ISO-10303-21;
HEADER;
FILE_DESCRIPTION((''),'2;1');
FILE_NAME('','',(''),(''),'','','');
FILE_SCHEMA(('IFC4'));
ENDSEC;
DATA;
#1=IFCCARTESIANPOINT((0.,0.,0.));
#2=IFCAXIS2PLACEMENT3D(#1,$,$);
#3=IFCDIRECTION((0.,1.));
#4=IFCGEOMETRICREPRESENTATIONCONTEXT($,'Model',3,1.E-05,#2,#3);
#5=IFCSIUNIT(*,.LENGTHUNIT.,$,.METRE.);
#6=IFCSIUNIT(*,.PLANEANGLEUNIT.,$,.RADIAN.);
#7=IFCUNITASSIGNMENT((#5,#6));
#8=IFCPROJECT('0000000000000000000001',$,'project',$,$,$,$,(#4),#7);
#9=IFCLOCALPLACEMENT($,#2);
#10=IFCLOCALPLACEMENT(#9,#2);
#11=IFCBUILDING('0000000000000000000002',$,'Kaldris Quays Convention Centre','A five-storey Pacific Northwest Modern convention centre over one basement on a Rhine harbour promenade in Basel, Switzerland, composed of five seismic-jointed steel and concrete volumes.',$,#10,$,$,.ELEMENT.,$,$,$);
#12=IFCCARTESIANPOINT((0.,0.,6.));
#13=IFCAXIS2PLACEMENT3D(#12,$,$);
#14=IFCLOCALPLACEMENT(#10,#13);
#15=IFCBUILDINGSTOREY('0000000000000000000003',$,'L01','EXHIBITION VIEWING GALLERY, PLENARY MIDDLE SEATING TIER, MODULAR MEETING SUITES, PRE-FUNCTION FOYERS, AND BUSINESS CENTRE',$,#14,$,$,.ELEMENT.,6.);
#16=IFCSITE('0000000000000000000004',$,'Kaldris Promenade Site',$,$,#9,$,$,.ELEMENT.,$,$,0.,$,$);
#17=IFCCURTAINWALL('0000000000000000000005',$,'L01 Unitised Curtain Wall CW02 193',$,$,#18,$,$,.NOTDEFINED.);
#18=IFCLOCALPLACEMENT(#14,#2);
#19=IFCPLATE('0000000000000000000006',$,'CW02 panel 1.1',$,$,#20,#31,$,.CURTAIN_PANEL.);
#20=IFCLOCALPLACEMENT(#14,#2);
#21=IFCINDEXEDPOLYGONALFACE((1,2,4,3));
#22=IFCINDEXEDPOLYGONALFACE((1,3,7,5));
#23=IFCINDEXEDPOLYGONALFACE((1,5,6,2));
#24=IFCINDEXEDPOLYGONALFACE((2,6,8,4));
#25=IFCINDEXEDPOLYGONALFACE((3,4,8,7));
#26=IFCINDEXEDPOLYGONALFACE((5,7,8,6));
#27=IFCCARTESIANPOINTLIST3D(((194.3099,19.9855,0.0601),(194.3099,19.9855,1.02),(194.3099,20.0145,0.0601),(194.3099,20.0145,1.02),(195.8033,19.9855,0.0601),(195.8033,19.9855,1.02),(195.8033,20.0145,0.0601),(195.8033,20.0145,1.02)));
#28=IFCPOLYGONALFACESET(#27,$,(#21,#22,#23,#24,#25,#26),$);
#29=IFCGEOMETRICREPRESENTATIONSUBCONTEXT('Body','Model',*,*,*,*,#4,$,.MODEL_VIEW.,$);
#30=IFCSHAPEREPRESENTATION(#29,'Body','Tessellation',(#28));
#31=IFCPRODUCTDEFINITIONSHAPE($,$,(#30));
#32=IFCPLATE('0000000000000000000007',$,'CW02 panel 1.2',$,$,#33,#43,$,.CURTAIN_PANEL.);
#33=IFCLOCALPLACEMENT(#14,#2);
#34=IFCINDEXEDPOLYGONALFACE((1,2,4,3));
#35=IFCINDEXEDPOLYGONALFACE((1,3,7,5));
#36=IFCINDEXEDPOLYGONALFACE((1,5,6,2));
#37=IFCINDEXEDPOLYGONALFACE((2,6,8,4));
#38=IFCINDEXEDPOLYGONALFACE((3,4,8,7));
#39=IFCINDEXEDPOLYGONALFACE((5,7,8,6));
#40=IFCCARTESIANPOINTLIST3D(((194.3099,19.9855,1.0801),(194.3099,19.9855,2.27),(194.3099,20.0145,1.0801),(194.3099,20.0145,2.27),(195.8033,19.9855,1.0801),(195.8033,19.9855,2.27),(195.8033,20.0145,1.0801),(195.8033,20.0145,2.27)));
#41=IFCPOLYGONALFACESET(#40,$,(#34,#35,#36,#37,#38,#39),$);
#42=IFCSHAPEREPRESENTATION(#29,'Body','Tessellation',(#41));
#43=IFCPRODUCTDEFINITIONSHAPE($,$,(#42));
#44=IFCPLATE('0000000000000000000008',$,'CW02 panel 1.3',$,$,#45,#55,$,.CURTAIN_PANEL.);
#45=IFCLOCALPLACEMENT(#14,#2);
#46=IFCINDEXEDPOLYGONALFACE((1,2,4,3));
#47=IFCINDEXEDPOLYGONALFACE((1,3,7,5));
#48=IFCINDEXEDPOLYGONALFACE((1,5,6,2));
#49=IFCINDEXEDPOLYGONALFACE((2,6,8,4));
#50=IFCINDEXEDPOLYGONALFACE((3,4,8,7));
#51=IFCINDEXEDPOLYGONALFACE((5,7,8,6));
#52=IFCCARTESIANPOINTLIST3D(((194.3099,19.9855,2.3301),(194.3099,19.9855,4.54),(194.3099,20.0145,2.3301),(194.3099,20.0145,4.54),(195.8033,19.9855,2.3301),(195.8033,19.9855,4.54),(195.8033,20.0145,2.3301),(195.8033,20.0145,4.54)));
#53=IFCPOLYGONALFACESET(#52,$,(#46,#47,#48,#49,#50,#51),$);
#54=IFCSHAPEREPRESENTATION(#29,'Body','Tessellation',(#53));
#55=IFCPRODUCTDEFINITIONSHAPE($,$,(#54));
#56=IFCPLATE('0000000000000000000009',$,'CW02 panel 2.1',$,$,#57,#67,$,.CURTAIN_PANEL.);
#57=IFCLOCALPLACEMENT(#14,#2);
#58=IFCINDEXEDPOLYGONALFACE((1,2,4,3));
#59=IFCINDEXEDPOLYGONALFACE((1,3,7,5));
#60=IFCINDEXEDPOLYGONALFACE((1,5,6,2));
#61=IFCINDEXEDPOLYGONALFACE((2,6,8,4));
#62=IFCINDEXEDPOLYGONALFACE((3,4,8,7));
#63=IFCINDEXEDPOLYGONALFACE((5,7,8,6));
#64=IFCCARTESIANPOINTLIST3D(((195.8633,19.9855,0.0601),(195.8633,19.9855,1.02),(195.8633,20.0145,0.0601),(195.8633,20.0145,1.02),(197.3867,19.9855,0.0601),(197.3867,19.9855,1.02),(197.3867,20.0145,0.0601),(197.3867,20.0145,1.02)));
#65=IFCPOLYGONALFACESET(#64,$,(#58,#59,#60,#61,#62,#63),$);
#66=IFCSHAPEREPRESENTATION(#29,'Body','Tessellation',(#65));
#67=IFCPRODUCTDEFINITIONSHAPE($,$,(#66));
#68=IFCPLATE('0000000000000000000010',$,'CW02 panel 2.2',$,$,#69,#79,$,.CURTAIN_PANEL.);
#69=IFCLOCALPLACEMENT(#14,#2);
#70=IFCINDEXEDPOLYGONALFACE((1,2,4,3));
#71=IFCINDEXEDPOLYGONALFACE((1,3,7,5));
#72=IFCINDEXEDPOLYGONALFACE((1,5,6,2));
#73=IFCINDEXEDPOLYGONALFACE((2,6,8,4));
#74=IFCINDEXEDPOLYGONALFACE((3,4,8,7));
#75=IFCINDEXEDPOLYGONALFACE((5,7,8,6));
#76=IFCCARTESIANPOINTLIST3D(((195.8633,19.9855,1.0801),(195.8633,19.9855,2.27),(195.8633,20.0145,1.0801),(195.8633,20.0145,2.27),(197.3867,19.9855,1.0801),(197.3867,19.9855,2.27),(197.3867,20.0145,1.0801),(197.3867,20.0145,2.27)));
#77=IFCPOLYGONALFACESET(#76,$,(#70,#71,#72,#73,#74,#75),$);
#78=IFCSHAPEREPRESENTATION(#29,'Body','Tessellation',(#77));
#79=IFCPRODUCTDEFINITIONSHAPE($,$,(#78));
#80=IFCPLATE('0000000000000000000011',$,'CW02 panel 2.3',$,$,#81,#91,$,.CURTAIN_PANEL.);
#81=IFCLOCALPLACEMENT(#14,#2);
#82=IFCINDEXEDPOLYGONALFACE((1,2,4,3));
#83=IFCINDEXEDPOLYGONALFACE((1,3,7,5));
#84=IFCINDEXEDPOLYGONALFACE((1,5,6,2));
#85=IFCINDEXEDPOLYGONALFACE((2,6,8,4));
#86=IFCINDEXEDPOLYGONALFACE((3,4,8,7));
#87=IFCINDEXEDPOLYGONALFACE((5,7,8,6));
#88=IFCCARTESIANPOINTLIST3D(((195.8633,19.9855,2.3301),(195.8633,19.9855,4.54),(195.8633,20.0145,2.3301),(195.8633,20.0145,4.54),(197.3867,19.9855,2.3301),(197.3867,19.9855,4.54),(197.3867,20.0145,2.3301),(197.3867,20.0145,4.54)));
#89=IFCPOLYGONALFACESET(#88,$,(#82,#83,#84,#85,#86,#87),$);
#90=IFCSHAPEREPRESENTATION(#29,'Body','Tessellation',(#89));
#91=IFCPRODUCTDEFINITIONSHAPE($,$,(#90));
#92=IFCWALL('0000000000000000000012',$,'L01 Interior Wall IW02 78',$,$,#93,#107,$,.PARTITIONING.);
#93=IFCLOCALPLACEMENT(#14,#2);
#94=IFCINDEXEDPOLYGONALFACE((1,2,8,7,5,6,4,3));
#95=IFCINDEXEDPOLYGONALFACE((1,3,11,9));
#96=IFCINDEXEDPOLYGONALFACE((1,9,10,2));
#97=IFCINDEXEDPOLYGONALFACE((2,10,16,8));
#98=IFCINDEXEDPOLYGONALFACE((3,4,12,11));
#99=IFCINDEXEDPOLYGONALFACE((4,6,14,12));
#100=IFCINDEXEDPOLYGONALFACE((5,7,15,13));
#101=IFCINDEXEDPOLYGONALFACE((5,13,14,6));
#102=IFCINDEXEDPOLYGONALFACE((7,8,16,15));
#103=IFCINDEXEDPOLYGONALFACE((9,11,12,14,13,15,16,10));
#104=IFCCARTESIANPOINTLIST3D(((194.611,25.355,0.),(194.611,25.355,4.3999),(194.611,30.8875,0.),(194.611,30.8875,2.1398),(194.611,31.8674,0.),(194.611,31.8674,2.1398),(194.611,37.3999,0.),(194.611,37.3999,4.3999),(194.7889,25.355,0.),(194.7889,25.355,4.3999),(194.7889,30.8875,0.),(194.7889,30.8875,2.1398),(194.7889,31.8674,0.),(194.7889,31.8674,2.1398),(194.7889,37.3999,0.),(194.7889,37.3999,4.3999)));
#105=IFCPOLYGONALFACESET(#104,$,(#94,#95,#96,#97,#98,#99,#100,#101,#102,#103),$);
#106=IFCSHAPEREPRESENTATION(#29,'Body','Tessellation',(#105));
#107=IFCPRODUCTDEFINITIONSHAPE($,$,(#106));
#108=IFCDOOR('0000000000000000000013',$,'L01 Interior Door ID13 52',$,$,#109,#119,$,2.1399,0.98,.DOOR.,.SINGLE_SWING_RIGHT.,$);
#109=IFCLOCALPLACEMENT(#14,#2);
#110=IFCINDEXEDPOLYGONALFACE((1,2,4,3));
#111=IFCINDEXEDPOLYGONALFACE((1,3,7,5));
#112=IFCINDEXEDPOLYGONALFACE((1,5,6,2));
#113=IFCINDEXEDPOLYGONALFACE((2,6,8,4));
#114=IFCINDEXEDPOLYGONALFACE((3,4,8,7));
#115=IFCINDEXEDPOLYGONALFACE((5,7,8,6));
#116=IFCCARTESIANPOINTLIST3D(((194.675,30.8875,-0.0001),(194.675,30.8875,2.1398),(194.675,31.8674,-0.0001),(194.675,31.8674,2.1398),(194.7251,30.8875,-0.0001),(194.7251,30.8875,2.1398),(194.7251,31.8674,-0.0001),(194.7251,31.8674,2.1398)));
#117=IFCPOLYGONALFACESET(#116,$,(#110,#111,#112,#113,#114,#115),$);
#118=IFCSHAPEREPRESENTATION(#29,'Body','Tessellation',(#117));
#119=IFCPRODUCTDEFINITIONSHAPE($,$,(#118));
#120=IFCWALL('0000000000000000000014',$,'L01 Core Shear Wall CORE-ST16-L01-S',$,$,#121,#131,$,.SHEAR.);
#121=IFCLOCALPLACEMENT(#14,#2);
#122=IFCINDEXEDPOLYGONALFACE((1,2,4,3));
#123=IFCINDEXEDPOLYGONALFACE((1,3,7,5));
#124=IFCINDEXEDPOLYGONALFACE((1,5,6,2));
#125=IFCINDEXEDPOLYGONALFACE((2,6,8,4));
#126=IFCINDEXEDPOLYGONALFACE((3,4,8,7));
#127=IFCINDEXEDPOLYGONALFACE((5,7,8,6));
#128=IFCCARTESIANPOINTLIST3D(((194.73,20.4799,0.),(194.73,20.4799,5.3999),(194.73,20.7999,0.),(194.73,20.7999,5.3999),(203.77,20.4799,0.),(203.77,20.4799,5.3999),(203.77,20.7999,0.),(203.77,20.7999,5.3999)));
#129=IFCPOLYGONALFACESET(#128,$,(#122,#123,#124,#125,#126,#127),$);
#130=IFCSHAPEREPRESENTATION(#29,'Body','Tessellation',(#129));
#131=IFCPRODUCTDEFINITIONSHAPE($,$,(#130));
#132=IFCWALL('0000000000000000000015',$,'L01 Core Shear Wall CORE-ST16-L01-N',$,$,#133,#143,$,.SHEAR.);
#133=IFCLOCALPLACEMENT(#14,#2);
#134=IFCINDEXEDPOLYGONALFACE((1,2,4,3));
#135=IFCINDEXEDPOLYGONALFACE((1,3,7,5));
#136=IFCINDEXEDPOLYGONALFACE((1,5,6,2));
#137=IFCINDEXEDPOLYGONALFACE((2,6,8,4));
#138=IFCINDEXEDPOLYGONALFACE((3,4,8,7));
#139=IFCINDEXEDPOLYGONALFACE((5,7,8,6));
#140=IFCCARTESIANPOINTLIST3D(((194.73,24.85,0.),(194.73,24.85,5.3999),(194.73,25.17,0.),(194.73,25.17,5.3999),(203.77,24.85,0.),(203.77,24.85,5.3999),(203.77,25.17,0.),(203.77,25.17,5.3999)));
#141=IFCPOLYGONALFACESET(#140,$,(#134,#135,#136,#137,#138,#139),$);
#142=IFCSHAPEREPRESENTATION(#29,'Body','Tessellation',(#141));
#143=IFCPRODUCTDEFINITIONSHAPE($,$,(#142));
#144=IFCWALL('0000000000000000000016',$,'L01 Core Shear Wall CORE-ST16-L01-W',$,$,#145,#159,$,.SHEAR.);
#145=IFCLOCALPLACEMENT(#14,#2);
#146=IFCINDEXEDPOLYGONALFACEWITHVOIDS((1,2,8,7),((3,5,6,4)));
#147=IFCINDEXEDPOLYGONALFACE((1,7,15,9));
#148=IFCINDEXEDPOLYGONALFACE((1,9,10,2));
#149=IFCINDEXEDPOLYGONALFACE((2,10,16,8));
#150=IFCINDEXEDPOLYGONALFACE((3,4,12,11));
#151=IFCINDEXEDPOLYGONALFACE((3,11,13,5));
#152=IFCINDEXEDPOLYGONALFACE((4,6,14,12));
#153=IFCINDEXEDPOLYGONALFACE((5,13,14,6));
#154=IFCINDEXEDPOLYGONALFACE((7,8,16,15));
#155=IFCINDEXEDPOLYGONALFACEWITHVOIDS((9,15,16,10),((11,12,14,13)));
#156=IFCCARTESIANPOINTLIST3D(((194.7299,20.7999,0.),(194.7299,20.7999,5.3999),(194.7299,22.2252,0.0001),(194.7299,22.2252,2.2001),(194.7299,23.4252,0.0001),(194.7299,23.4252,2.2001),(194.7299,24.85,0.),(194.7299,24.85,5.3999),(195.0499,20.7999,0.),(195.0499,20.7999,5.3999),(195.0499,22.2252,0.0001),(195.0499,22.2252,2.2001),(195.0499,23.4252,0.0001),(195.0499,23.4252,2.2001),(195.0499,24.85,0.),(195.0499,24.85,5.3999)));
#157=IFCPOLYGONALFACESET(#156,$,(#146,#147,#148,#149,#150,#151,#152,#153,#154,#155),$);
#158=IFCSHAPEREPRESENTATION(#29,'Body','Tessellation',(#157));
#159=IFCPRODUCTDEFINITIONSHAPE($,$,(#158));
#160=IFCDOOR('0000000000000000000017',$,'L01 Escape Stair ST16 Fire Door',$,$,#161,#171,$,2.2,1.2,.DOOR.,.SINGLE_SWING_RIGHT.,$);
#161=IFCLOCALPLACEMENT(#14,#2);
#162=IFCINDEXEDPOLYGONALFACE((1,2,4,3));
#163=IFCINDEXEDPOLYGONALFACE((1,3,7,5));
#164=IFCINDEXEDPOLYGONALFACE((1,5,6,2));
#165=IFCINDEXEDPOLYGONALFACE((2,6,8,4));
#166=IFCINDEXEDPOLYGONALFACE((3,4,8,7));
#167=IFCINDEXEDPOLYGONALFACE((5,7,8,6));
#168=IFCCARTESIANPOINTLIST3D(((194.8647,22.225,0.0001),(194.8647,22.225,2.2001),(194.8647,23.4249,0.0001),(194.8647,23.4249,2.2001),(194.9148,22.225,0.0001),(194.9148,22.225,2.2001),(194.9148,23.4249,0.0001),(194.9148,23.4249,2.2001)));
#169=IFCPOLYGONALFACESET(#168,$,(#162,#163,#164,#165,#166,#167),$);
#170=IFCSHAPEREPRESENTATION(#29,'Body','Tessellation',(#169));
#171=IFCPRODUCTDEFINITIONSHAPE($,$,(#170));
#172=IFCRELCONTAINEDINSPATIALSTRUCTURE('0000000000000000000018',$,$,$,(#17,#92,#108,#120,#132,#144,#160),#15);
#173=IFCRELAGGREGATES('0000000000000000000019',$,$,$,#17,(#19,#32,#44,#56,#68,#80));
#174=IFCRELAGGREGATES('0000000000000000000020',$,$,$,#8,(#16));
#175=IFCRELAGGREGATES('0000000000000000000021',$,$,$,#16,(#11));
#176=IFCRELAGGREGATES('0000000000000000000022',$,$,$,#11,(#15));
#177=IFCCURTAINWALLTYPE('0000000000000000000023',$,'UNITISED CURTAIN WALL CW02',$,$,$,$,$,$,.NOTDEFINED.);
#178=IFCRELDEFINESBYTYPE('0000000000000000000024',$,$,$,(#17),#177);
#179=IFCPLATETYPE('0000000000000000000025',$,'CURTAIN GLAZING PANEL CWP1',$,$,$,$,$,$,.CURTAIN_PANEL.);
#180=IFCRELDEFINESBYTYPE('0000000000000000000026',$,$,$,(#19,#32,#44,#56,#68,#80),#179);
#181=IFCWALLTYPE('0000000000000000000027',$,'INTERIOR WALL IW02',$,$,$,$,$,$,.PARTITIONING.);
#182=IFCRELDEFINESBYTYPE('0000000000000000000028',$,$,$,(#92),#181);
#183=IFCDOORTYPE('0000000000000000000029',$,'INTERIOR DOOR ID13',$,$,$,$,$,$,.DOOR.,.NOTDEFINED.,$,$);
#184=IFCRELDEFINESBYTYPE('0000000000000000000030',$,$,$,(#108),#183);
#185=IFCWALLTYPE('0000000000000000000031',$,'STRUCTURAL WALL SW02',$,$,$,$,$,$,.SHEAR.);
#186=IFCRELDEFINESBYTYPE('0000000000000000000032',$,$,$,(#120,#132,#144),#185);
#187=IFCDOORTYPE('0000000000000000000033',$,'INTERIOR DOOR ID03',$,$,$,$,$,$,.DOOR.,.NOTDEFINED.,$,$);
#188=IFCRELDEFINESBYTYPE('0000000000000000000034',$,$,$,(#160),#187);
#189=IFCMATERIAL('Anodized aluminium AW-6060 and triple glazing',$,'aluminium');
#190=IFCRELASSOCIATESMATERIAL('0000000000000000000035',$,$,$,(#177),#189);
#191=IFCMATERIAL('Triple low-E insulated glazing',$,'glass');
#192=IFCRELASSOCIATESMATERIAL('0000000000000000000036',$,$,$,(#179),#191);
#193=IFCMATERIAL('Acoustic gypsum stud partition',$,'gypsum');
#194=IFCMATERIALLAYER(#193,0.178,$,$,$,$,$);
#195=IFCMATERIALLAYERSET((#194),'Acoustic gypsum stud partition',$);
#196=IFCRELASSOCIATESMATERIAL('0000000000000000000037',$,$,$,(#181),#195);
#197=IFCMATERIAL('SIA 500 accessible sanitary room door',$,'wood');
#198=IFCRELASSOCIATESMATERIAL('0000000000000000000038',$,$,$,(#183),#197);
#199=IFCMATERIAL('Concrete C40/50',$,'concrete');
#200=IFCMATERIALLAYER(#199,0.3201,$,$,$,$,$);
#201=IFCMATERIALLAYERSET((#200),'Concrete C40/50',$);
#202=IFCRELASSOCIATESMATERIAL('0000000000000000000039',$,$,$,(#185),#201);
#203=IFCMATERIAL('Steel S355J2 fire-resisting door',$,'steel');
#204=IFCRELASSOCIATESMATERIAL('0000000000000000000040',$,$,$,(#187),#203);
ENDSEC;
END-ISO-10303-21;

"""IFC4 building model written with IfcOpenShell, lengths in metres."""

from ifc_helpers import new_model, si_unit, direction, frame, frame_2d, origin, origin_2d, place, context, subcontext, project, spatial, rectangle, extrude, material, layer, layer_set, type_object, element, fill, aggregate, save


model = new_model("IFC4")

# Units and contexts
model_context = context("Model", 3, precision=1e-05, world=origin(), true_north=direction((0.0, 1.0)))
body_context = subcontext(model_context, "Body", "Model", "MODEL_VIEW")
ifc_project = project(units=[si_unit("LENGTHUNIT", "METRE"), si_unit("PLANEANGLEUNIT", "RADIAN")], contexts=[model_context])

# Site, building, storey
site_placement = place(None, origin())
site = spatial("IfcSite", under=ifc_project, at=site_placement, Name="Kaldris Promenade Site", CompositionType="ELEMENT", RefElevation=0.0)
building_placement = place(site_placement, origin())
building = spatial("IfcBuilding", under=site, at=building_placement, Name="Kaldris Quays Convention Centre", Description="A five-storey Pacific Northwest Modern convention centre over one basement on a Rhine harbour promenade in Basel, Switzerland, composed of five seismic-jointed steel and concrete volumes.", CompositionType="ELEMENT")
storey_placement = place(building_placement, frame((0.0, 0.0, 6.0)))
storey = spatial("IfcBuildingStorey", under=building, at=storey_placement, Name="L01", Description="EXHIBITION VIEWING GALLERY, PLENARY MIDDLE SEATING TIER, MODULAR MEETING SUITES, PRE-FUNCTION FOYERS, AND BUSINESS CENTRE", CompositionType="ELEMENT", Elevation=6.0)

# Curtain wall, plates
ifc_material_1 = material(Name="Anodized aluminium AW-6060 and triple glazing", Category="aluminium")
curtain_wall_type = type_object("IfcCurtainWallType", Name="UNITISED CURTAIN WALL CW02", PredefinedType="NOTDEFINED", material=ifc_material_1)
curtain_wall_placement = place(storey_placement, origin())
curtain_wall = element("IfcCurtainWall", 1, at=curtain_wall_placement, inside=storey, type_object=curtain_wall_type, Name="L01 Unitised Curtain Wall CW02 193", PredefinedType="NOTDEFINED")
ifc_material_2 = material(Name="Triple low-E insulated glazing", Category="glass")
plate_type = type_object("IfcPlateType", Name="CURTAIN GLAZING PANEL CWP1", PredefinedType="CURTAIN_PANEL", material=ifc_material_2)
plate_1_placement = place(storey_placement, frame((195.0566, 20.0, 0.0601), z_axis=(0.0, 0.0, 1.0), x_axis=(1.0, 0.0, 0.0)))
plate_1 = element("IfcPlate", 2, at=plate_1_placement, type_object=plate_type, Name="CW02 panel 1.1", PredefinedType="CURTAIN_PANEL", context=body_context, shape_type="SweptSolid", body=[
    extrude(rectangle(XDim=1.4934, YDim=0.0291, at=origin_2d()), origin(), (0.0, 0.0, 1.0), 0.96),
])
plate_2_placement = place(storey_placement, frame((195.0566, 20.0, 1.0801), z_axis=(0.0, 0.0, 1.0), x_axis=(1.0, 0.0, 0.0)))
plate_2 = element("IfcPlate", 3, at=plate_2_placement, type_object=plate_type, Name="CW02 panel 1.2", PredefinedType="CURTAIN_PANEL", context=body_context, shape_type="SweptSolid", body=[
    extrude(rectangle(XDim=1.4934, YDim=0.0291, at=origin_2d()), origin(), (0.0, 0.0, 1.0), 1.1899),
])
plate_3_placement = place(storey_placement, frame((195.0566, 20.0, 2.3301), z_axis=(0.0, 0.0, 1.0), x_axis=(1.0, 0.0, 0.0)))
plate_3 = element("IfcPlate", 4, at=plate_3_placement, type_object=plate_type, Name="CW02 panel 1.3", PredefinedType="CURTAIN_PANEL", context=body_context, shape_type="SweptSolid", body=[
    extrude(rectangle(XDim=1.4934, YDim=0.0291, at=origin_2d()), origin(), (0.0, 0.0, 1.0), 2.21),
])
plate_4_placement = place(storey_placement, frame((196.625, 20.0, 0.0601), z_axis=(0.0, 0.0, 1.0), x_axis=(1.0, 0.0, 0.0)))
plate_4 = element("IfcPlate", 5, at=plate_4_placement, type_object=plate_type, Name="CW02 panel 2.1", PredefinedType="CURTAIN_PANEL", context=body_context, shape_type="SweptSolid", body=[
    extrude(rectangle(XDim=1.5234, YDim=0.0291, at=origin_2d()), origin(), (0.0, 0.0, 1.0), 0.96),
])
plate_5_placement = place(storey_placement, frame((196.625, 20.0, 1.0801), z_axis=(0.0, 0.0, 1.0), x_axis=(1.0, 0.0, 0.0)))
plate_5 = element("IfcPlate", 6, at=plate_5_placement, type_object=plate_type, Name="CW02 panel 2.2", PredefinedType="CURTAIN_PANEL", context=body_context, shape_type="SweptSolid", body=[
    extrude(rectangle(XDim=1.5234, YDim=0.0291, at=origin_2d()), origin(), (0.0, 0.0, 1.0), 1.1899),
])
plate_6_placement = place(storey_placement, frame((196.625, 20.0, 2.3301), z_axis=(0.0, 0.0, 1.0), x_axis=(1.0, 0.0, 0.0)))
plate_6 = element("IfcPlate", 7, at=plate_6_placement, type_object=plate_type, Name="CW02 panel 2.3", PredefinedType="CURTAIN_PANEL", context=body_context, shape_type="SweptSolid", body=[
    extrude(rectangle(XDim=1.5234, YDim=0.0291, at=origin_2d()), origin(), (0.0, 0.0, 1.0), 2.21),
])
aggregate(curtain_wall, [plate_1, plate_2, plate_3, plate_4, plate_5, plate_6])

# Wall, opening, door
ifc_material_3 = material(Name="Acoustic gypsum stud partition", Category="gypsum")
ifc_layer_1 = layer(ifc_material_3, 0.178)
ifc_layer_set_1 = layer_set([ifc_layer_1], Name="Acoustic gypsum stud partition")
wall_type_1 = type_object("IfcWallType", Name="INTERIOR WALL IW02", PredefinedType="PARTITIONING", material=ifc_layer_set_1)
wall_1_placement = place(storey_placement, frame((194.7, 25.355, 0.0), z_axis=(0.0, 0.0, 1.0), x_axis=(0.0, 1.0, 0.0)))
wall_1 = element("IfcWall", 8, at=wall_1_placement, inside=storey, type_object=wall_type_1, Name="L01 Interior Wall IW02 78", PredefinedType="PARTITIONING", context=body_context, shape_type="SweptSolid", body=[
    extrude(rectangle(XDim=12.0449, YDim=0.178, at=frame_2d((6.0225, 0.0))), origin(), (0.0, 0.0, 1.0), 4.3999),
])
opening_1_placement = place(wall_1_placement, frame((5.5325, 0.0, 0.0)))
opening_1 = element("IfcOpeningElement", 9, at=opening_1_placement, cuts=wall_1, PredefinedType="OPENING", context=body_context, shape_type="SweptSolid", body=[
    extrude(rectangle(XDim=0.98, YDim=2.1399, at=frame_2d((0.49, 1.0698))), frame((0.0, 0.0991, 0.0), z_axis=(0.0, -1.0, 0.0), x_axis=(1.0, 0.0, 0.0)), (0.0, 0.0, 1.0), 0.198),
])
ifc_material_4 = material(Name="SIA 500 accessible sanitary room door", Category="wood")
door_type_1 = type_object("IfcDoorType", Name="INTERIOR DOOR ID13", OperationType="NOTDEFINED", PredefinedType="DOOR", material=ifc_material_4)
door_1_placement = place(opening_1_placement, origin())
door_1 = element("IfcDoor", 10, at=door_1_placement, inside=storey, type_object=door_type_1, Name="L01 Interior Door ID13 52", OperationType="SINGLE_SWING_RIGHT", OverallHeight=2.1399, OverallWidth=0.98, PredefinedType="DOOR", context=body_context, shape_type="SweptSolid", body=[
    extrude(rectangle(XDim=0.98, YDim=2.1399, at=frame_2d((0.49, 1.0698))), frame((0.0, 0.0249, 0.0), z_axis=(0.0, -1.0, 0.0), x_axis=(1.0, 0.0, 0.0)), (0.0, 0.0, 1.0), 0.05),
])
fill(opening_1, door_1)

# Walls
ifc_material_5 = material(Name="Concrete C40/50", Category="concrete")
ifc_layer_2 = layer(ifc_material_5, 0.3201)
ifc_layer_set_2 = layer_set([ifc_layer_2], Name="Concrete C40/50")
wall_type_2 = type_object("IfcWallType", Name="STRUCTURAL WALL SW02", PredefinedType="SHEAR", material=ifc_layer_set_2)
for number, where, z_axis, x_axis, name in (
    (11, (194.73, 20.6399, 0.0), (0.0, 0.0, 1.0), (1.0, 0.0, 0.0), "L01 Core Shear Wall CORE-ST16-L01-S"),
    (12, (194.73, 25.01, 0.0), (0.0, 0.0, 1.0), (1.0, 0.0, 0.0), "L01 Core Shear Wall CORE-ST16-L01-N"),
):
    element("IfcWall", number, at=place(storey_placement, frame(where, z_axis=z_axis, x_axis=x_axis)), inside=storey, type_object=wall_type_2, Name=name, PredefinedType="SHEAR", context=body_context, shape_type="SweptSolid", body=[
        extrude(rectangle(XDim=9.04, YDim=0.3201, at=frame_2d((4.52, 0.0))), origin(), (0.0, 0.0, 1.0), 5.3999),
    ])

# Wall, opening, door
wall_2_placement = place(storey_placement, frame((194.8899, 20.8, 0.0), z_axis=(0.0, 0.0, 1.0), x_axis=(0.0, 1.0, 0.0)))
wall_2 = element("IfcWall", 13, at=wall_2_placement, inside=storey, type_object=wall_type_2, Name="L01 Core Shear Wall CORE-ST16-L01-W", PredefinedType="SHEAR", context=body_context, shape_type="SweptSolid", body=[
    extrude(rectangle(XDim=4.05, YDim=0.3201, at=frame_2d((2.0249, 0.0))), origin(), (0.0, 0.0, 1.0), 5.3999),
])
opening_2_placement = place(wall_2_placement, frame((1.425, 0.0, 0.0)))
opening_2 = element("IfcOpeningElement", 14, at=opening_2_placement, cuts=wall_2, PredefinedType="OPENING", context=body_context, shape_type="SweptSolid", body=[
    extrude(rectangle(XDim=1.2, YDim=2.2, at=frame_2d((0.6001, 1.1001))), frame((0.0, 0.1699, 0.0), z_axis=(0.0, -1.0, 0.0), x_axis=(1.0, 0.0, 0.0)), (0.0, 0.0, 1.0), 0.3401),
])
ifc_material_6 = material(Name="Steel S355J2 fire-resisting door", Category="steel")
door_type_2 = type_object("IfcDoorType", Name="INTERIOR DOOR ID03", OperationType="NOTDEFINED", PredefinedType="DOOR", material=ifc_material_6)
door_2_placement = place(opening_2_placement, frame((1.2, 0.0, 0.0), z_axis=(0.0, 0.0, 1.0), x_axis=(-1.0, 0.0, 0.0)))
door_2 = element("IfcDoor", 15, at=door_2_placement, inside=storey, type_object=door_type_2, Name="L01 Escape Stair ST16 Fire Door", OperationType="SINGLE_SWING_RIGHT", OverallHeight=2.2, OverallWidth=1.2, PredefinedType="DOOR", context=body_context, shape_type="SweptSolid", body=[
    extrude(rectangle(XDim=1.2, YDim=2.2, at=frame_2d((0.6001, 1.1001))), frame((0.0, 0.0249, 0.0), z_axis=(0.0, -1.0, 0.0), x_axis=(1.0, 0.0, 0.0)), (0.0, 0.0, 1.0), 0.05),
])
fill(opening_2, door_2)

save(model, "model.ifc")
